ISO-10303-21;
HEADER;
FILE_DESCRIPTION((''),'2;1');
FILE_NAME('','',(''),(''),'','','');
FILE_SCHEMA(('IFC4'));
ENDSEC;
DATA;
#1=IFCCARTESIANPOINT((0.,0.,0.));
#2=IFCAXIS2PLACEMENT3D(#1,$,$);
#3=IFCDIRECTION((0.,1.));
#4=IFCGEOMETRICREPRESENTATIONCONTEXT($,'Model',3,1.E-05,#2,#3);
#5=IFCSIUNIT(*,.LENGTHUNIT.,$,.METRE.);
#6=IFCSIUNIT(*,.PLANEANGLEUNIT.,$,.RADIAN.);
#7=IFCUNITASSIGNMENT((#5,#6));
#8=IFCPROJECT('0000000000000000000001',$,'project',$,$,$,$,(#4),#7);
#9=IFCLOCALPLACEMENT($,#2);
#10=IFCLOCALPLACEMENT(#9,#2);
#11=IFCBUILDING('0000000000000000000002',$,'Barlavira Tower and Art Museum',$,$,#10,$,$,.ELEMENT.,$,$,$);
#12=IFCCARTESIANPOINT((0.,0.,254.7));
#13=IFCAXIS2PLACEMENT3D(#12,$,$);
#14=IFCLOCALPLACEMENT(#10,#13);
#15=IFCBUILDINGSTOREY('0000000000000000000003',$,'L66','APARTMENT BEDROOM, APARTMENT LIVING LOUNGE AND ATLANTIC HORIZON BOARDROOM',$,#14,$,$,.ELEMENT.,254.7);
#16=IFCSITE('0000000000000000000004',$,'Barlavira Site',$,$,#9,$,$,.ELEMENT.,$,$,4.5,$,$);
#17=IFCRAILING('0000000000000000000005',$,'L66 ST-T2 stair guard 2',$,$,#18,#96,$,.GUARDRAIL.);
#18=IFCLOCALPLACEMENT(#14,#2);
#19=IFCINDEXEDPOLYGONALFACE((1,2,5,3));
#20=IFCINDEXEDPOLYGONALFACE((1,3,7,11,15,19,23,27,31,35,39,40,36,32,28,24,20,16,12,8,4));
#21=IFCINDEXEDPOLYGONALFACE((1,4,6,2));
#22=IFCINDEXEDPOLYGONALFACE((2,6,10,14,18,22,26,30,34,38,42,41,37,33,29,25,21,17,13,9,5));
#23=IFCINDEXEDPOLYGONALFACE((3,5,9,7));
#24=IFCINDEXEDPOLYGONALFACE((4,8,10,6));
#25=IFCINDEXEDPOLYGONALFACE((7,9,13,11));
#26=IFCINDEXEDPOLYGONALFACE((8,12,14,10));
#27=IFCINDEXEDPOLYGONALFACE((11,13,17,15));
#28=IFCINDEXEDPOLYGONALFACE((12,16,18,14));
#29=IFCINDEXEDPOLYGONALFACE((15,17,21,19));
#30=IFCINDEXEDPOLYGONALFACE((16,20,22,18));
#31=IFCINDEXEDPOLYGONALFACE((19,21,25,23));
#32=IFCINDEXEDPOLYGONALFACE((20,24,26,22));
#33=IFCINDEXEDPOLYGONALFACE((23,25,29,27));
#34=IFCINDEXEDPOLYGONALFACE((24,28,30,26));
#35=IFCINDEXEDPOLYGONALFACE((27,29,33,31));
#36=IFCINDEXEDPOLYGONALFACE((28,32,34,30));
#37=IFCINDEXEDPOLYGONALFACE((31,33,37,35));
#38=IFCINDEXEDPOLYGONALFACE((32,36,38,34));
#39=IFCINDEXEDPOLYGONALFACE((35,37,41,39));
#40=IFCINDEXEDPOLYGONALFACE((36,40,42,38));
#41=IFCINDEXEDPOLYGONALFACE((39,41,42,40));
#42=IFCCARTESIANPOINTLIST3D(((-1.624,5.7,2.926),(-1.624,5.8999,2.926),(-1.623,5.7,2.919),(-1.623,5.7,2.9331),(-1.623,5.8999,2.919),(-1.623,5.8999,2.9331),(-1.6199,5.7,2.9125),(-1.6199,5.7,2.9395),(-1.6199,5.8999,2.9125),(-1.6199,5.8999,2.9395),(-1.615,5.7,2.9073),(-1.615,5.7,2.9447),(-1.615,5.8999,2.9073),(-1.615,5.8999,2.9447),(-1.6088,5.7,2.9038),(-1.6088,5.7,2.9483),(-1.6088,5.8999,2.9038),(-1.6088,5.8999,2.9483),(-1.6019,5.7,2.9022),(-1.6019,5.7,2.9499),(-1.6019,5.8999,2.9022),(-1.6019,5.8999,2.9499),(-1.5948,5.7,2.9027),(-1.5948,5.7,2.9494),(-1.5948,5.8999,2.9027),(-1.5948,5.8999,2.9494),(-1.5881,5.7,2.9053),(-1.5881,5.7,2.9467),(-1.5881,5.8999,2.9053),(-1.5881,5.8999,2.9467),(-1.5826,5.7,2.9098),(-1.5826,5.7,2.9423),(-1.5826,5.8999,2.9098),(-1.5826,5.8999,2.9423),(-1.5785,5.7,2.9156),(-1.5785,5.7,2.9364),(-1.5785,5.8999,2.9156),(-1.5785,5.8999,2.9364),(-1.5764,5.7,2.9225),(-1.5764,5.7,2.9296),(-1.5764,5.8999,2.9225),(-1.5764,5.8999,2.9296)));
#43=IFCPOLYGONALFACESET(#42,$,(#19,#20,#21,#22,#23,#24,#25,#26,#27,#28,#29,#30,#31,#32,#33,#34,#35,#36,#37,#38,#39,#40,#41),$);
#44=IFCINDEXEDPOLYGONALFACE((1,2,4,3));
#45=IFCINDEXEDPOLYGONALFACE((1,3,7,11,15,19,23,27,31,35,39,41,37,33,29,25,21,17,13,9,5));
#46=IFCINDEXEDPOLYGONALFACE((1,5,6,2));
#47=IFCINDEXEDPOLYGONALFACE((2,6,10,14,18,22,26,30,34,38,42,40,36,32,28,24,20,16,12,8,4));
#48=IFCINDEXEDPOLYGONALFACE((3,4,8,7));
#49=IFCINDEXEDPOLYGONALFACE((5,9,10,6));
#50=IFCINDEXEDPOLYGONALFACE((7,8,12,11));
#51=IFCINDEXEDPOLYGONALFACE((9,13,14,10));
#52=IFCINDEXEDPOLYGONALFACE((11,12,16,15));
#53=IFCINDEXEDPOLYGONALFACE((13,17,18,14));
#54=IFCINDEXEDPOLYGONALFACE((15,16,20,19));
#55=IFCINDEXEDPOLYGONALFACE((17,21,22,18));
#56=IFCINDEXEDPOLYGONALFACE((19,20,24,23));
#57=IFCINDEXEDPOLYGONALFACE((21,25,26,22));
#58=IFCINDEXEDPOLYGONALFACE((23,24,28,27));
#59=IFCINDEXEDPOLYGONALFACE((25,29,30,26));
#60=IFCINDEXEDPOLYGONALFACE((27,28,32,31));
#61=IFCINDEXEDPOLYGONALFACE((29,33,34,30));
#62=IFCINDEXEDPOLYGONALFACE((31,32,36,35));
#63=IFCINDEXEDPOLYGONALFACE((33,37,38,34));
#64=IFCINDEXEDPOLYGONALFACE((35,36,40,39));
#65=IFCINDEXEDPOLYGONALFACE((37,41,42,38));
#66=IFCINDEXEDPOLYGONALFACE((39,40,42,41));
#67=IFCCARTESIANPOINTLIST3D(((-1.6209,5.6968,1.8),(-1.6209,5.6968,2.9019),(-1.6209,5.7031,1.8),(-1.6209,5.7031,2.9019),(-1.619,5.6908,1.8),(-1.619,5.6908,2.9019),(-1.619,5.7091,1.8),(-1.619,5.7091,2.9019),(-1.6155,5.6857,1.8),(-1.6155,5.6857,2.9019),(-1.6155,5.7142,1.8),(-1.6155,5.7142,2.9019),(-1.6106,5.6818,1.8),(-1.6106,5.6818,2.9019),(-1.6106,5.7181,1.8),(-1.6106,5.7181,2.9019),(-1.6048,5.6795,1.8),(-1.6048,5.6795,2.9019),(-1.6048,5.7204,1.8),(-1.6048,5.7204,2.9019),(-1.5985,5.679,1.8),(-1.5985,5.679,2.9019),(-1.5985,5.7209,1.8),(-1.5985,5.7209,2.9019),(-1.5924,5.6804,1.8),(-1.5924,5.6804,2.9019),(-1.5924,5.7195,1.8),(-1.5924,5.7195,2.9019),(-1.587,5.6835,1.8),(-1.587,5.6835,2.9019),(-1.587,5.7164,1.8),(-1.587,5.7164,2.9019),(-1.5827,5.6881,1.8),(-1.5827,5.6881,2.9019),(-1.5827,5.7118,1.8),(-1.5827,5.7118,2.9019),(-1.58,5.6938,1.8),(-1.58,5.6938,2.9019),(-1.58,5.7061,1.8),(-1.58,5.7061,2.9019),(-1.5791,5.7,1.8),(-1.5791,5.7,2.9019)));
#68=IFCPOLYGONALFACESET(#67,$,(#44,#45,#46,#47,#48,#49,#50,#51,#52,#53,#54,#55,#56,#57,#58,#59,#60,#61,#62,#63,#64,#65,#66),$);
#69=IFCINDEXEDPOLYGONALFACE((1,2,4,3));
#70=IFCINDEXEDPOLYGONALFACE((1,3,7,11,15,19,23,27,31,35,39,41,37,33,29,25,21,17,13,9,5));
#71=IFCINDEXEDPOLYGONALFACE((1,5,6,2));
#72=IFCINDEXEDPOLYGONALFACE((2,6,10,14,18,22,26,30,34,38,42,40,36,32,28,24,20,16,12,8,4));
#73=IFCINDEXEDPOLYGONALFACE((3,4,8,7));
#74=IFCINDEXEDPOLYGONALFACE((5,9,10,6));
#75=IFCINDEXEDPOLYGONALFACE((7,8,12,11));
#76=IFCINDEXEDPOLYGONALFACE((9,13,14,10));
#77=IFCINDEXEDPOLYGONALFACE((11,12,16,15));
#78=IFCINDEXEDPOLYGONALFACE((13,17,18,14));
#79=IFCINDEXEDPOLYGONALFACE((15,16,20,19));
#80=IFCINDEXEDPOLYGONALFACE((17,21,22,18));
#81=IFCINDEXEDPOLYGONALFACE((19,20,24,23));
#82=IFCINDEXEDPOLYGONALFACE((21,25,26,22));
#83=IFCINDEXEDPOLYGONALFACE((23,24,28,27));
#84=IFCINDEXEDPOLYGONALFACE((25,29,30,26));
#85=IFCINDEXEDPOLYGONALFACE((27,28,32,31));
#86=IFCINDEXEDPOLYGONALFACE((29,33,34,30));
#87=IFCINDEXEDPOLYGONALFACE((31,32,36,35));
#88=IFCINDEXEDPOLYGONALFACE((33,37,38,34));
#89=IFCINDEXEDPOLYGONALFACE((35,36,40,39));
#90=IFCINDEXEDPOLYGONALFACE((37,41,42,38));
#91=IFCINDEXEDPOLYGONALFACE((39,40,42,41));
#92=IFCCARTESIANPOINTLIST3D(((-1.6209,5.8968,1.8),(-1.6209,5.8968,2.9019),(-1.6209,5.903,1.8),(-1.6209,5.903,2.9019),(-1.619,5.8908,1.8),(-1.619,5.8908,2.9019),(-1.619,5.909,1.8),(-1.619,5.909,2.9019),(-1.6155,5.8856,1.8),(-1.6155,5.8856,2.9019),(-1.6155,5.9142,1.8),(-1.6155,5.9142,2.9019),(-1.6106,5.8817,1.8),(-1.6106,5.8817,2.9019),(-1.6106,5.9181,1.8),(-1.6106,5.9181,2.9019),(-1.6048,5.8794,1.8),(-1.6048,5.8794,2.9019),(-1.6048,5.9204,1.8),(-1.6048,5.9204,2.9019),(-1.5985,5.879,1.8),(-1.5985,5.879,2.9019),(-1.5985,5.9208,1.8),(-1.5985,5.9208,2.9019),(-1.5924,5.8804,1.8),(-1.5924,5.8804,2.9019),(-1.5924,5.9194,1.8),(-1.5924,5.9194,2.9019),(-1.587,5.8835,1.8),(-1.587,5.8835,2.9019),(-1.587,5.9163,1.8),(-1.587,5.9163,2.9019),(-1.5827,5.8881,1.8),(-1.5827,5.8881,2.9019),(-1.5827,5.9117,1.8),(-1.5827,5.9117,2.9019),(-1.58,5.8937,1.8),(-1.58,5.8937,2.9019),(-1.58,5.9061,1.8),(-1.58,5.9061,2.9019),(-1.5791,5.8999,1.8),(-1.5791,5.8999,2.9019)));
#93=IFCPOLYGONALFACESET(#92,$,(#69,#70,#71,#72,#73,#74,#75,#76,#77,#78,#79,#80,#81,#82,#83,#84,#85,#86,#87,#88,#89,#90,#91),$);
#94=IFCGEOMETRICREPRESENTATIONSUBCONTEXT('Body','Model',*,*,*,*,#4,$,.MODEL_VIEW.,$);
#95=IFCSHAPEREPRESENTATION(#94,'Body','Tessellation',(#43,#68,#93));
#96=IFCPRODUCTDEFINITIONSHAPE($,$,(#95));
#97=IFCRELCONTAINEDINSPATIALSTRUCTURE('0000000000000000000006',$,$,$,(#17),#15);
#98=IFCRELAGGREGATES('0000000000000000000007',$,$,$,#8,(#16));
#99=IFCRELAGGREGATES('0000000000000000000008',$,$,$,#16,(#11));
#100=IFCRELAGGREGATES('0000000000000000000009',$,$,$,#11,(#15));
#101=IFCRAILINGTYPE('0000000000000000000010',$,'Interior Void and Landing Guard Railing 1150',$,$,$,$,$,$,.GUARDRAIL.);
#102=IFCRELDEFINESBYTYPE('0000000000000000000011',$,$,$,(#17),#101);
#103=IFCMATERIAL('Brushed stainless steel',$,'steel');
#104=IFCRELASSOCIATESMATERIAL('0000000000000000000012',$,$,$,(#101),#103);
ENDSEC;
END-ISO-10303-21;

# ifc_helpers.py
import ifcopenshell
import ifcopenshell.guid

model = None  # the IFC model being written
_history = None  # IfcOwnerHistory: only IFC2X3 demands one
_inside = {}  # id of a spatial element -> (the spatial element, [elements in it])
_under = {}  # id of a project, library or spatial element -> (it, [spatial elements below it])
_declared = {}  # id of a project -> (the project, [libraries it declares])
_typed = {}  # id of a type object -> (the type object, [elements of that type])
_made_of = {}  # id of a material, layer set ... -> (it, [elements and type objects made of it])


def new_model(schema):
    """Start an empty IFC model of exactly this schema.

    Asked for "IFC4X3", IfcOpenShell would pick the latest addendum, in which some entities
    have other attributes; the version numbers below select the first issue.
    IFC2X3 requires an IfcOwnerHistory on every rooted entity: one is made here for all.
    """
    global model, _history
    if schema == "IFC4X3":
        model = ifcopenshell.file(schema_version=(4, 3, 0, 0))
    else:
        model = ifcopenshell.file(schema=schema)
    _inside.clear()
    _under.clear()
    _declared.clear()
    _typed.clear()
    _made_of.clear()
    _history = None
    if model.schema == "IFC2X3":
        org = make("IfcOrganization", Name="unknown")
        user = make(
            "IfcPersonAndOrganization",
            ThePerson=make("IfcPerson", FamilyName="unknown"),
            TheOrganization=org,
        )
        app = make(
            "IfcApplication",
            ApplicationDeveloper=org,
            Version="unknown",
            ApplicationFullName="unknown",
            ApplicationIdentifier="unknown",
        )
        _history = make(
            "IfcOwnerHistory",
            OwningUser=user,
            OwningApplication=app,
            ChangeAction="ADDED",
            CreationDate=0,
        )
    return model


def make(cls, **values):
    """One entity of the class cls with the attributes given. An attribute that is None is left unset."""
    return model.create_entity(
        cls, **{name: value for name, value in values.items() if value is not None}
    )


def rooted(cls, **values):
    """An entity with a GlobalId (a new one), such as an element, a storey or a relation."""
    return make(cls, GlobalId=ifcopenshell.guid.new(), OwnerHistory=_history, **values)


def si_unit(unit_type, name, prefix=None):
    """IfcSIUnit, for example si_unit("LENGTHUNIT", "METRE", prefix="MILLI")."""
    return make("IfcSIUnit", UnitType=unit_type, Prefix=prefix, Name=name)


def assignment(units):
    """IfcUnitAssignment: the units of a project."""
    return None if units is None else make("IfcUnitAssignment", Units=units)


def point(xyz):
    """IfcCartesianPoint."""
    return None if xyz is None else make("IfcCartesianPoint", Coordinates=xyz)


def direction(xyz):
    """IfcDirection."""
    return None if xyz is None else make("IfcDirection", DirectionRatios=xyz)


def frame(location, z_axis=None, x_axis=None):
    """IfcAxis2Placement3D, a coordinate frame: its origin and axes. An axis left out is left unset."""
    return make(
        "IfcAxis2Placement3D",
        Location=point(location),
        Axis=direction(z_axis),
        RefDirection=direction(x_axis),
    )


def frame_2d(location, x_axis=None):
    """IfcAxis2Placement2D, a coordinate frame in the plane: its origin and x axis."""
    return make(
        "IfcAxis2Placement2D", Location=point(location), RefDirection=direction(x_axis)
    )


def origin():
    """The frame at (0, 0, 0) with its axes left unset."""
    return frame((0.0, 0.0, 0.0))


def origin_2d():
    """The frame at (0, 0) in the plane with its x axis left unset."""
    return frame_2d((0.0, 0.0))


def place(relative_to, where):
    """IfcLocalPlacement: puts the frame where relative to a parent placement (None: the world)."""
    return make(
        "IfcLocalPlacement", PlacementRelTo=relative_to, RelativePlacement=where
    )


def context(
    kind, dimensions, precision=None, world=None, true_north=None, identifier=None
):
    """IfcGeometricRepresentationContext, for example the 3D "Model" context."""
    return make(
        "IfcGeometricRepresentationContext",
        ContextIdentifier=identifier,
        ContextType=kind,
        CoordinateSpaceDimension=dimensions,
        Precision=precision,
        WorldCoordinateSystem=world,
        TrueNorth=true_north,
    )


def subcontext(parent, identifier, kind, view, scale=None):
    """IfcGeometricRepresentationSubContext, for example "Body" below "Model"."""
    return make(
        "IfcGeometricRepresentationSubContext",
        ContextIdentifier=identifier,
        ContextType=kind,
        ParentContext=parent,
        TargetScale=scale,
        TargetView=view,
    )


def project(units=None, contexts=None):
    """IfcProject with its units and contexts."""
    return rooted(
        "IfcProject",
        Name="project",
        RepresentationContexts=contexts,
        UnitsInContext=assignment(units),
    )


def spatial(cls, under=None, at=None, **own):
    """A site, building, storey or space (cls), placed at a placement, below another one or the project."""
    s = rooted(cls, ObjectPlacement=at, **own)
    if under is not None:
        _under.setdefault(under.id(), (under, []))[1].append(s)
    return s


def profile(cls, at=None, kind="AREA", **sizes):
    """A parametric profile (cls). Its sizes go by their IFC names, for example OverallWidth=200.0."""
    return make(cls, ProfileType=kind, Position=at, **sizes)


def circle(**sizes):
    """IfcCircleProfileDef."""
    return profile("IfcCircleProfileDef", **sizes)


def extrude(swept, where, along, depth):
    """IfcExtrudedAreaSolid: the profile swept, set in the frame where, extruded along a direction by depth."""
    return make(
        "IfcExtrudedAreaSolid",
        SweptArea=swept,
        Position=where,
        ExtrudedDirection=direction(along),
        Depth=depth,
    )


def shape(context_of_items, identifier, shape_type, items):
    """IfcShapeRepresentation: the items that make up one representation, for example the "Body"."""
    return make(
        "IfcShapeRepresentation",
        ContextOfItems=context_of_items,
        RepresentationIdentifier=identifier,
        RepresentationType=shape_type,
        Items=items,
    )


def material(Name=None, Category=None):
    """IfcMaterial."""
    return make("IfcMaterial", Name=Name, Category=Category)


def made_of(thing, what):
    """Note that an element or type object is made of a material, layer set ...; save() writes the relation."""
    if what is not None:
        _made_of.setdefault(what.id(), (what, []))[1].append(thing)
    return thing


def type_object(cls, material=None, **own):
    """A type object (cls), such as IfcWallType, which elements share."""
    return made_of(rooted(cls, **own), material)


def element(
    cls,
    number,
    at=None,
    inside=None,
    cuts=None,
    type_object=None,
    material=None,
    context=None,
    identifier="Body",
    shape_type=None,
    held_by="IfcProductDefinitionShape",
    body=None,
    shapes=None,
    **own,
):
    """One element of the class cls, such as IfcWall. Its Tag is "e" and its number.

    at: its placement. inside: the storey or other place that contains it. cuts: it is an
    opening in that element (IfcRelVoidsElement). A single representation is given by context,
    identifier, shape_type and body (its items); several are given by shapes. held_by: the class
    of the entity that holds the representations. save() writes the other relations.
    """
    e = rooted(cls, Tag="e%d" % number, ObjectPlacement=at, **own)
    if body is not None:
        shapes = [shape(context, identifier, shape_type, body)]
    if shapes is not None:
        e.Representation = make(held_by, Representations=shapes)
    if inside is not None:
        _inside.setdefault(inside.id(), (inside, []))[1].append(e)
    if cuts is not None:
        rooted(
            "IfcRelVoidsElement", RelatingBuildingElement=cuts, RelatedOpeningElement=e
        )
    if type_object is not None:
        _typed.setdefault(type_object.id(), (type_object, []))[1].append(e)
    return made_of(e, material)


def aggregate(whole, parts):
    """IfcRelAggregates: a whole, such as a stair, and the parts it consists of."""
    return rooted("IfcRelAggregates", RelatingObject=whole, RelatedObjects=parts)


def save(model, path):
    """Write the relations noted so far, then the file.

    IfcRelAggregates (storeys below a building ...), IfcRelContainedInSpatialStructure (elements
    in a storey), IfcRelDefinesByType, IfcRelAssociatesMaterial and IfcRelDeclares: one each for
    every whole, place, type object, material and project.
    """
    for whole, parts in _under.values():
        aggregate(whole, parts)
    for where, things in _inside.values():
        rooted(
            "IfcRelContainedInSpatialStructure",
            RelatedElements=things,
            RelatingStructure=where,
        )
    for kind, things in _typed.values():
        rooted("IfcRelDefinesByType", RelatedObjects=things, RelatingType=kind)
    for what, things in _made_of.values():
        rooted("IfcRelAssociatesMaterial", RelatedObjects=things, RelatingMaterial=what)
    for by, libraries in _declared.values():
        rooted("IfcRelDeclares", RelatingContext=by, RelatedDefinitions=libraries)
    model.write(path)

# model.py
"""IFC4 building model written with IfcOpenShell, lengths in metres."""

from ifc_helpers import new_model, si_unit, direction, frame, origin, origin_2d, place, context, subcontext, project, spatial, circle, extrude, material, type_object, element, save


model = new_model("IFC4")

# Units and contexts
model_context = context("Model", 3, precision=1e-05, world=origin(), true_north=direction((0.0, 1.0)))
body_context = subcontext(model_context, "Body", "Model", "MODEL_VIEW")
ifc_project = project(units=[si_unit("LENGTHUNIT", "METRE"), si_unit("PLANEANGLEUNIT", "RADIAN")], contexts=[model_context])

# Site, building, storey
site_placement = place(None, origin())
site = spatial("IfcSite", under=ifc_project, at=site_placement, Name="Barlavira Site", CompositionType="ELEMENT", RefElevation=4.5)
building_placement = place(site_placement, origin())
building = spatial("IfcBuilding", under=site, at=building_placement, Name="Barlavira Tower and Art Museum", CompositionType="ELEMENT")
storey_placement = place(building_placement, frame((0.0, 0.0, 254.7)))
storey = spatial("IfcBuildingStorey", under=building, at=storey_placement, Name="L66", Description="APARTMENT BEDROOM, APARTMENT LIVING LOUNGE AND ATLANTIC HORIZON BOARDROOM", CompositionType="ELEMENT", Elevation=254.7)

# Shared definitions
ifc_material_1 = material(Name="Brushed stainless steel", Category="steel")

# Railing
railing_type_1 = type_object("IfcRailingType", Name="Interior Void and Landing Guard Railing 1150", PredefinedType="GUARDRAIL", material=ifc_material_1)
railing_1_placement = place(storey_placement, frame((-1.6001, 5.7, 1.8)))
element("IfcRailing", 1, at=railing_1_placement, inside=storey, type_object=railing_type_1, Name="L66 ST-T2 stair guard 2", PredefinedType="GUARDRAIL", context=body_context, shape_type="SweptSolid", body=[
    extrude(circle(Radius=0.0239, at=origin_2d()), frame((0.0, 0.0, 1.126), z_axis=(0.0, 1.0, 0.0), x_axis=(-1.0, 0.0, 0.0)), (0.0, 0.0, 1.0), 0.2),
    extrude(circle(Radius=0.021, at=origin_2d()), origin(), (0.0, 0.0, 1.0), 1.1018),
    extrude(circle(Radius=0.021, at=origin_2d()), frame((0.0, 0.2, 0.0)), (0.0, 0.0, 1.0), 1.1018),
])

save(model, "model.ifc")
